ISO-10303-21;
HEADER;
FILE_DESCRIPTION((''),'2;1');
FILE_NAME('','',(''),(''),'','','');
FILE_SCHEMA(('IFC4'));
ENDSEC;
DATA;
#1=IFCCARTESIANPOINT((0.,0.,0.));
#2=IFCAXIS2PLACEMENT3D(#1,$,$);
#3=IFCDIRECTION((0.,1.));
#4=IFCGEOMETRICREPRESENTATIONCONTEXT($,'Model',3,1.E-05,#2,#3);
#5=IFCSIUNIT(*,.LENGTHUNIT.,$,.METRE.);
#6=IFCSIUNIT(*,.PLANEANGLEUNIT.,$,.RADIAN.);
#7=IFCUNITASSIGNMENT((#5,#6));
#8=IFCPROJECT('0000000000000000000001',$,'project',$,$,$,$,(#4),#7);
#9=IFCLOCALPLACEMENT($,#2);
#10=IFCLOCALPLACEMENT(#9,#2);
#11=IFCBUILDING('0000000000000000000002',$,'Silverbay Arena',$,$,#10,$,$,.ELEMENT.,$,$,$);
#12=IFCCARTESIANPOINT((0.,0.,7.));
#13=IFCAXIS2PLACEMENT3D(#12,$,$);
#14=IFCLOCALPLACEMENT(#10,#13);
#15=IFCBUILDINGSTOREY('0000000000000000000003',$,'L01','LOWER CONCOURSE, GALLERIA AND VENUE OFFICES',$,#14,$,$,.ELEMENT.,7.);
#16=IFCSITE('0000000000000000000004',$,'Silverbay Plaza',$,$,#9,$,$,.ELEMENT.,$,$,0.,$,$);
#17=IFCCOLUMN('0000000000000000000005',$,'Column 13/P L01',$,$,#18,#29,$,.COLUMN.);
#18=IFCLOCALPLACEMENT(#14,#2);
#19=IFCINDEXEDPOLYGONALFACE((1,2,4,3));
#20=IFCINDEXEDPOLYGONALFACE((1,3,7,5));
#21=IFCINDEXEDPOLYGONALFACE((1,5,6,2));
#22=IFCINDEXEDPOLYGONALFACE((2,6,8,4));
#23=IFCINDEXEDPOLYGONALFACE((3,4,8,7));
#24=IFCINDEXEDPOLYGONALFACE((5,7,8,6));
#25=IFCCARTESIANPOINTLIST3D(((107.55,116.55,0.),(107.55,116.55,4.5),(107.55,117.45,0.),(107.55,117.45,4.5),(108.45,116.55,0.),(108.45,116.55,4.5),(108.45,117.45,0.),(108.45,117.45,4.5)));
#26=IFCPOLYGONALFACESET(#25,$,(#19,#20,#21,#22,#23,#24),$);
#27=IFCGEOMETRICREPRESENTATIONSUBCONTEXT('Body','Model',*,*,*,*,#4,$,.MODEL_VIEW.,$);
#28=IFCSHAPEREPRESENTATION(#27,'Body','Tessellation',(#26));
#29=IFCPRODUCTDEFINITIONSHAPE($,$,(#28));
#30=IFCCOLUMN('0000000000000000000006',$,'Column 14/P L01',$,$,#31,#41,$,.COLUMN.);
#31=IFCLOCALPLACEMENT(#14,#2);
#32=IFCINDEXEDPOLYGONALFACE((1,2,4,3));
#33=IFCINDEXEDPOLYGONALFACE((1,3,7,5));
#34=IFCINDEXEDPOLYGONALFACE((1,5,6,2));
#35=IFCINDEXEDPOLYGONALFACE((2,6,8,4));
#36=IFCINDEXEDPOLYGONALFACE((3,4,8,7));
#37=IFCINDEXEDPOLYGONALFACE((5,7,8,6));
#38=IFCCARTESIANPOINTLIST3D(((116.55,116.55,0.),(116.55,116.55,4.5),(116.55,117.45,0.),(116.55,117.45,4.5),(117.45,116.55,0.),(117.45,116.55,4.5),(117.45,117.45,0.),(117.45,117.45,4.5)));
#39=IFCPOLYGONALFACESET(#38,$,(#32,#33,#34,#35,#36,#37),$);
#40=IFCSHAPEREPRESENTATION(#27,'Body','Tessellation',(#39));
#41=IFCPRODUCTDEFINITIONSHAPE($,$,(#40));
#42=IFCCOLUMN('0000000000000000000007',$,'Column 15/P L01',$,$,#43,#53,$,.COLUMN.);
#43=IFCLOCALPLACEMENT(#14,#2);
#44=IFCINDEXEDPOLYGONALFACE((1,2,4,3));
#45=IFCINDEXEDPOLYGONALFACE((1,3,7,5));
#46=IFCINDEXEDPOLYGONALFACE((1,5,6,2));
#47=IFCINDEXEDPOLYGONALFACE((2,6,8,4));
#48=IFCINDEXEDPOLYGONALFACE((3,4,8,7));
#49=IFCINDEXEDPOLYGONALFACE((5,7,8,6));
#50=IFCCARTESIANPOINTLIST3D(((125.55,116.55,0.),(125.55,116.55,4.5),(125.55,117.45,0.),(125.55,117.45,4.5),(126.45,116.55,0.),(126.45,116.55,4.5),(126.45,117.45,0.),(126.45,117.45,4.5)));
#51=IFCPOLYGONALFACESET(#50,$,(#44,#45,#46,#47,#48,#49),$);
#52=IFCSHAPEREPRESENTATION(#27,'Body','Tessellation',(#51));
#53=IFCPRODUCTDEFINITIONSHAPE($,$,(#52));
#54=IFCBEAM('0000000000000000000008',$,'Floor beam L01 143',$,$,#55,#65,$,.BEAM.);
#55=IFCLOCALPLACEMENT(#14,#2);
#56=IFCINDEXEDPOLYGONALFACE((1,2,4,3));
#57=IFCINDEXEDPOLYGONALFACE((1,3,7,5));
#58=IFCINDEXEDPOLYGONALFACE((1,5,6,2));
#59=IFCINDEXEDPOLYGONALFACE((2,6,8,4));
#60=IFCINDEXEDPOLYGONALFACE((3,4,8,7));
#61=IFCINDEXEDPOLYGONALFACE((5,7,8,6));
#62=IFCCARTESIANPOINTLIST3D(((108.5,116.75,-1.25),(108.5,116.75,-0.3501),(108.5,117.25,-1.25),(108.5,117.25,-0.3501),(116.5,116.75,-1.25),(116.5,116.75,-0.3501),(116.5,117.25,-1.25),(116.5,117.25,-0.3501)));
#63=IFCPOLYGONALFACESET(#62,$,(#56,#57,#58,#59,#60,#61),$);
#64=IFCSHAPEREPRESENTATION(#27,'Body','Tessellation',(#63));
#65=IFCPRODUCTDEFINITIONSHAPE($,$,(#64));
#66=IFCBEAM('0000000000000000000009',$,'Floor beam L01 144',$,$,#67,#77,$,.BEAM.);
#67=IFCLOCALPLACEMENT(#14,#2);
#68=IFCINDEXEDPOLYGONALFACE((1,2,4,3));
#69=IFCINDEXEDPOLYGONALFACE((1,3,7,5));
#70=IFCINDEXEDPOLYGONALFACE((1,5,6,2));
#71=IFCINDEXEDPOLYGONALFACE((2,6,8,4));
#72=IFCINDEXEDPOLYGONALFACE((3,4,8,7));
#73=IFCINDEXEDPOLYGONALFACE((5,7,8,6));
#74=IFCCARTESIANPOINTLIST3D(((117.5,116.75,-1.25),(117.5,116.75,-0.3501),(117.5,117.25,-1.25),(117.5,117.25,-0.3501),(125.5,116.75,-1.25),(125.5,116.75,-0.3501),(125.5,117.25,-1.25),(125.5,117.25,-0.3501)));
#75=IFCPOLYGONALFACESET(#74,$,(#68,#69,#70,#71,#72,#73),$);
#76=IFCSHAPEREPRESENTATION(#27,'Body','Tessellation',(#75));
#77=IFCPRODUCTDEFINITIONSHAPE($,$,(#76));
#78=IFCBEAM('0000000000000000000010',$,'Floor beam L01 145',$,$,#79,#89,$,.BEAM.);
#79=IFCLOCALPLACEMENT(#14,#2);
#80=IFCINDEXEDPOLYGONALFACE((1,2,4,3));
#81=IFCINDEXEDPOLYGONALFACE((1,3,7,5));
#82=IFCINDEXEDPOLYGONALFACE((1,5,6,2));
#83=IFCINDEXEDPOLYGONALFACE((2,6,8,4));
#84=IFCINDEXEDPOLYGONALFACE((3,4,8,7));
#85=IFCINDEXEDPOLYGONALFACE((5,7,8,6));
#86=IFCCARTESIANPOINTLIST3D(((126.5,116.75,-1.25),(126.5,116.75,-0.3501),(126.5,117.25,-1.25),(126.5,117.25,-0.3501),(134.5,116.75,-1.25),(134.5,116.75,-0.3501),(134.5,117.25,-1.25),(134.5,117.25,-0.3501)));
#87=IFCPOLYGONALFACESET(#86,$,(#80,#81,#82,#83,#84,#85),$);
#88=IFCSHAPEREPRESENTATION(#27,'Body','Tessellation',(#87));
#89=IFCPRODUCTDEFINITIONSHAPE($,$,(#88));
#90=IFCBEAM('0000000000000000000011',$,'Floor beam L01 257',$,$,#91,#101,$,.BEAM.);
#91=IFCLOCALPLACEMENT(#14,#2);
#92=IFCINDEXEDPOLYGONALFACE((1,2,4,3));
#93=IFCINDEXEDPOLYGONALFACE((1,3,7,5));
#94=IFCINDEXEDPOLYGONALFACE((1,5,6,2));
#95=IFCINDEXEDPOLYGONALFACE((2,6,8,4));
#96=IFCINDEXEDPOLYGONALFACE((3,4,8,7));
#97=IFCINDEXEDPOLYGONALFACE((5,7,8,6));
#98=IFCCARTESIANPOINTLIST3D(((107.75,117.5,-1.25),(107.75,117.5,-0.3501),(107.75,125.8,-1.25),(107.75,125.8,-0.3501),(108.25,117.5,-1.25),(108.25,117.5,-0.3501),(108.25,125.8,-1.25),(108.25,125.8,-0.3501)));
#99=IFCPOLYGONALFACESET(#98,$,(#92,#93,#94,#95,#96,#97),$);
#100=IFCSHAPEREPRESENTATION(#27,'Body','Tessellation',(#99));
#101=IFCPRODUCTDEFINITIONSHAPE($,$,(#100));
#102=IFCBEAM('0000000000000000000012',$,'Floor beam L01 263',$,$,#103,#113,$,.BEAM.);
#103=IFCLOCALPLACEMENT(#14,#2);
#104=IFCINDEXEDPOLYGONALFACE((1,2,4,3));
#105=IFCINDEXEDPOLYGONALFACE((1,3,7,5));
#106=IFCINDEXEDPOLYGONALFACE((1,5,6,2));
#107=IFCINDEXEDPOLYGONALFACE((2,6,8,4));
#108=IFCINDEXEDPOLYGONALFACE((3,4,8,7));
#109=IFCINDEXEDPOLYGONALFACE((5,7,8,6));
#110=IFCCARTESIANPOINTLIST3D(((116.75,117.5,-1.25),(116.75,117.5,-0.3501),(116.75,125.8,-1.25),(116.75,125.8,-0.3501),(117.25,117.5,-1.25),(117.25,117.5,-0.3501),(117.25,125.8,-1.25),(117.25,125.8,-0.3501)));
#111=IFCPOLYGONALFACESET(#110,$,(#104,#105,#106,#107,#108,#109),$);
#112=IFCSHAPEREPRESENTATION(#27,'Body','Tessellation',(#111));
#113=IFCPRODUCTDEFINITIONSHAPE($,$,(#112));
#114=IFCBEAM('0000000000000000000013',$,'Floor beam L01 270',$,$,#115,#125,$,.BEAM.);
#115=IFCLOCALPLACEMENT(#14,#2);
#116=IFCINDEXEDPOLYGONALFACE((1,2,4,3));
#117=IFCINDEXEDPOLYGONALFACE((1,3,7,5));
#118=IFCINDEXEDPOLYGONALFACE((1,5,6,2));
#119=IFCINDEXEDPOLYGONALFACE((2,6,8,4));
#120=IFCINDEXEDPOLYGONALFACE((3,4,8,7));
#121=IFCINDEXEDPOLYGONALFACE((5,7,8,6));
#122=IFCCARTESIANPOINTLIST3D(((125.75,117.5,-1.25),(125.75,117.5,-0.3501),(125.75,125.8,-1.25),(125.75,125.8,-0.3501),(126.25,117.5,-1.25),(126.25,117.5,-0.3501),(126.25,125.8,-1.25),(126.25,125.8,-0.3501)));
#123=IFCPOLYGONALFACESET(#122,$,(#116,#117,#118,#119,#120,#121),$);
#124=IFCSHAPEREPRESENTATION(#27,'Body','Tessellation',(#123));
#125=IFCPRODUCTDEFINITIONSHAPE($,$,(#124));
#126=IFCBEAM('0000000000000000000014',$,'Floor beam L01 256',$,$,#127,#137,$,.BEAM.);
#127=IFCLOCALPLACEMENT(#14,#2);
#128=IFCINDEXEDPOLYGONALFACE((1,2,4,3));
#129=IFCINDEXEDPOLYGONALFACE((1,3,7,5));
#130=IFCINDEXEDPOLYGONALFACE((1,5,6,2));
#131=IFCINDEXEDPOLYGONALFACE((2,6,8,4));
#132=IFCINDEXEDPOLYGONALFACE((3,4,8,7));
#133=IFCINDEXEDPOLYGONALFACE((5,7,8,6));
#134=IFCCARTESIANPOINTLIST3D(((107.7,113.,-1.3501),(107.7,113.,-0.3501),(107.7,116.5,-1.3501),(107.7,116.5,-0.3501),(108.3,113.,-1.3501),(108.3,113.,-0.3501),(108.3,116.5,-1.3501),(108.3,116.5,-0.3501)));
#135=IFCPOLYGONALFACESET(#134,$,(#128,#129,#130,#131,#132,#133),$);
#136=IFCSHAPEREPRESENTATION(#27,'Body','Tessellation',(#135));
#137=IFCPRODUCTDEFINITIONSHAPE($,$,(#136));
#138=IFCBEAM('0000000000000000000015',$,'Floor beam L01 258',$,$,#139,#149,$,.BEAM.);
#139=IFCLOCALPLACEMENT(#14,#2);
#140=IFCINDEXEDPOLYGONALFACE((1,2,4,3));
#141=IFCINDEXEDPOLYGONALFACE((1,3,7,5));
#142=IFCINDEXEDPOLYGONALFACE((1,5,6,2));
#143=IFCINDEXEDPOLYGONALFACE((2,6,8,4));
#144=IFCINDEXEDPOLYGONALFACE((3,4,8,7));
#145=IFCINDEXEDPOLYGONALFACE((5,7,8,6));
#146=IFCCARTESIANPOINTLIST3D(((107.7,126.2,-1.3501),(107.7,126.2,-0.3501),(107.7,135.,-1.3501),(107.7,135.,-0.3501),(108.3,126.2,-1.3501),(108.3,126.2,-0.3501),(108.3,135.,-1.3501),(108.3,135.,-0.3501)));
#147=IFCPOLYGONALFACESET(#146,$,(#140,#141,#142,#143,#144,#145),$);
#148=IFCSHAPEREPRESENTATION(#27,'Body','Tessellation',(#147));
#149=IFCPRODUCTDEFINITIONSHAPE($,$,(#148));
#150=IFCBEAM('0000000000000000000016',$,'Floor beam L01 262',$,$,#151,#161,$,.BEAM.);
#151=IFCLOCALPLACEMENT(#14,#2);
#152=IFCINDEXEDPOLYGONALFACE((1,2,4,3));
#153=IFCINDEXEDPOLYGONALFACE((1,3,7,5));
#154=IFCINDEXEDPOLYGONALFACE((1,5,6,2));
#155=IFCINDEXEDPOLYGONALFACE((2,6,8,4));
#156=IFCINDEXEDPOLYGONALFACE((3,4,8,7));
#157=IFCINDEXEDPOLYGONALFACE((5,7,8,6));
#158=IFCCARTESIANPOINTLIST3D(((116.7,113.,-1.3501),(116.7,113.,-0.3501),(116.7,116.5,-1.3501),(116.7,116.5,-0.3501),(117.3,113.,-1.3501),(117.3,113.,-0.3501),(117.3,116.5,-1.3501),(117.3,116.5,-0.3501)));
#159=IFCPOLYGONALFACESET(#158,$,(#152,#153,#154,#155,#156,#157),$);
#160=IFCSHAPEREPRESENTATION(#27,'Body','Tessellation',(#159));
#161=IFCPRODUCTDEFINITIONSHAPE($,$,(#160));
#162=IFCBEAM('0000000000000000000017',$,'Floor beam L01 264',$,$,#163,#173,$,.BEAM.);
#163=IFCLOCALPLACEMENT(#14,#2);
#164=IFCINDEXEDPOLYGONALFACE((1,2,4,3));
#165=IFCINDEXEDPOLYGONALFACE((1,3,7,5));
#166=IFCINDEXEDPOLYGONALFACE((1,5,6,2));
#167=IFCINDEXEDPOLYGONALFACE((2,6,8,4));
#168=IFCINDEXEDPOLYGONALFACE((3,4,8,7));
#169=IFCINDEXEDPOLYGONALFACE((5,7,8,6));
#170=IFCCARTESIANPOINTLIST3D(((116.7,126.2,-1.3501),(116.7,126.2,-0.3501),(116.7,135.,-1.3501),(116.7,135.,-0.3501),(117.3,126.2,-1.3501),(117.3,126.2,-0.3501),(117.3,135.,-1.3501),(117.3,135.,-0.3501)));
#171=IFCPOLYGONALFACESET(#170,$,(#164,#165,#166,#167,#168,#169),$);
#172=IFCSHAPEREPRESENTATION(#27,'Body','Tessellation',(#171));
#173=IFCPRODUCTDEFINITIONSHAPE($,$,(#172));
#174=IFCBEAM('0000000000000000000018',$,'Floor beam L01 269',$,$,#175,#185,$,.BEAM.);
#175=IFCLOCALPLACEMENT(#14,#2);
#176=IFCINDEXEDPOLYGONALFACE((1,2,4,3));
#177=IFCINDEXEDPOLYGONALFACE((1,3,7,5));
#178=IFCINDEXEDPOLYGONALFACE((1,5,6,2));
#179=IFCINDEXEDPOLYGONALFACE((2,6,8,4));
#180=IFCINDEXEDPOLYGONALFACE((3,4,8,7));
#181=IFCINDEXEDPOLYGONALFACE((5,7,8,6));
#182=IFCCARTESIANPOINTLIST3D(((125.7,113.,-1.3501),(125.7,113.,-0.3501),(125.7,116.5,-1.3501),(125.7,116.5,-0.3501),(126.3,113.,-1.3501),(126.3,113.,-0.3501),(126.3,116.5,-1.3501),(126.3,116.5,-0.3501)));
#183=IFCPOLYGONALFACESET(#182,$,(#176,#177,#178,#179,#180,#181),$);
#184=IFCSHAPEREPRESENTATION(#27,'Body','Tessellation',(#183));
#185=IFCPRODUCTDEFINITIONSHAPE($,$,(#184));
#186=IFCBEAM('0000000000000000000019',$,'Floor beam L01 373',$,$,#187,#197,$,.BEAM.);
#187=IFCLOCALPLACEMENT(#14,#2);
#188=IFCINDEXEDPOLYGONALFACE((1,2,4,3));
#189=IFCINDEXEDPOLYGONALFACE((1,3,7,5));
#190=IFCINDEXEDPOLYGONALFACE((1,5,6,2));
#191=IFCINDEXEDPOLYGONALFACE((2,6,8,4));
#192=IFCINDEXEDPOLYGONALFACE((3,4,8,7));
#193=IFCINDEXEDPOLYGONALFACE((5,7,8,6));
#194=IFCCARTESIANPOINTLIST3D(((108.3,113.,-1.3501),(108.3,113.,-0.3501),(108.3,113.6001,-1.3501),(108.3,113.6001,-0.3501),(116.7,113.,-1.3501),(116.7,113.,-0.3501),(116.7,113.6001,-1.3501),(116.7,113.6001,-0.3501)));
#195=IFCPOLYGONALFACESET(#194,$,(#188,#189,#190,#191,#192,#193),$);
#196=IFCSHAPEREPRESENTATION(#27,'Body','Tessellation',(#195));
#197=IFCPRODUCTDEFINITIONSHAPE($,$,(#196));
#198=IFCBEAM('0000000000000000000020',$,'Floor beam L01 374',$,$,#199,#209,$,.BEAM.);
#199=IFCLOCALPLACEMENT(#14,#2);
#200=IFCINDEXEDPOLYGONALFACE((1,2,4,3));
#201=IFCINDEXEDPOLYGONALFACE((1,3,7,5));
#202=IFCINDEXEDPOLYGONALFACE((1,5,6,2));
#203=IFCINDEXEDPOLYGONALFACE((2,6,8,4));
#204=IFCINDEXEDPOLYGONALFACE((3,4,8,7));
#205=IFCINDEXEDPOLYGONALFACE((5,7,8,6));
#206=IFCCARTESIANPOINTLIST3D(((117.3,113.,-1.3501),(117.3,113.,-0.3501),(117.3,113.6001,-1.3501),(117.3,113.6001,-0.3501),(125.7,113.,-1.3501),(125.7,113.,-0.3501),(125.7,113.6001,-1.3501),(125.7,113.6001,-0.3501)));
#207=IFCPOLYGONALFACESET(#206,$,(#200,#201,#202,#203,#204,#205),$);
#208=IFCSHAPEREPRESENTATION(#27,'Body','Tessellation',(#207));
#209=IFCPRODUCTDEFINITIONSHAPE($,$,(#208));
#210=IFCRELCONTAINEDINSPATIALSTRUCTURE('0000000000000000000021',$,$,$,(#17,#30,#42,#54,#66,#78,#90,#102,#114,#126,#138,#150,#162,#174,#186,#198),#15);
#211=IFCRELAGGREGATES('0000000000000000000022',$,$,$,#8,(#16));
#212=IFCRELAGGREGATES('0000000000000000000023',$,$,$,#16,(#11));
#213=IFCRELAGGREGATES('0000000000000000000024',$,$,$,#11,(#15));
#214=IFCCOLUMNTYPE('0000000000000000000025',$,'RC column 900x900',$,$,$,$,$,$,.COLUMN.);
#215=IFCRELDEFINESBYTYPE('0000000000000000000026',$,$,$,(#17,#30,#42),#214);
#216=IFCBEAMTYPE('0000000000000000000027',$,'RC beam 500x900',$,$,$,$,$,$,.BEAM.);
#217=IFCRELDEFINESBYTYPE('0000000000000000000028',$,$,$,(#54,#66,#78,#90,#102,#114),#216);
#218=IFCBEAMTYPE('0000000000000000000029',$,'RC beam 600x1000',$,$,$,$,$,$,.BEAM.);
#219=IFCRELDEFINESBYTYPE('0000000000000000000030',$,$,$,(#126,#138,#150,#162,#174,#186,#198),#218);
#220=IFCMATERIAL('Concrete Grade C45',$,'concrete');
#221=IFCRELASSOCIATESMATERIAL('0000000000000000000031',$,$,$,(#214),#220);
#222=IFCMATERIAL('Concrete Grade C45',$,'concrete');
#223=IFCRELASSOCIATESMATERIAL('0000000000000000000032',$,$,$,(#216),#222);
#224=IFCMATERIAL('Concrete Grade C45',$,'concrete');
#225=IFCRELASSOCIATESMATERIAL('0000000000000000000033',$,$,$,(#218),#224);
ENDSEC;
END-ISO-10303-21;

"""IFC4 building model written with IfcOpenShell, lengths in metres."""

from ifc_helpers import new_model, si_unit, direction, frame, origin, origin_2d, place, context, subcontext, project, spatial, rectangle, extrude, material, material_profile, profile_set, type_object, element, save


model = new_model("IFC4")

# Units and contexts
model_context = context("Model", 3, precision=1e-05, world=origin(), true_north=direction((0.0, 1.0)))
body_context = subcontext(model_context, "Body", "Model", "MODEL_VIEW")
ifc_project = project(units=[si_unit("LENGTHUNIT", "METRE"), si_unit("PLANEANGLEUNIT", "RADIAN")], contexts=[model_context])

# Site, building, storey
site_placement = place(None, origin())
site = spatial("IfcSite", under=ifc_project, at=site_placement, Name="Silverbay Plaza", CompositionType="ELEMENT", RefElevation=0.0)
building_placement = place(site_placement, origin())
building = spatial("IfcBuilding", under=site, at=building_placement, Name="Silverbay Arena", CompositionType="ELEMENT")
storey_placement = place(building_placement, frame((0.0, 0.0, 7.0)))
storey = spatial("IfcBuildingStorey", under=building, at=storey_placement, Name="L01", Description="LOWER CONCOURSE, GALLERIA AND VENUE OFFICES", CompositionType="ELEMENT", Elevation=7.0)

# Columns
ifc_material_1 = material(Name="Concrete Grade C45", Category="concrete")
ifc_material_profile_1 = material_profile(ifc_material_1, rectangle(XDim=0.8999, YDim=0.8999, at=origin_2d()), Name="RC 900x900")
ifc_profile_set_1 = profile_set([ifc_material_profile_1], Name="Concrete Grade C45")
column_type = type_object("IfcColumnType", Name="RC column 900x900", PredefinedType="COLUMN", material=ifc_profile_set_1)
for number, where, z_axis, x_axis, name in (
    (1, (108.0, 117.0, 0.0), (0.0, 0.0, 1.0), (1.0, 0.0, 0.0), "Column 13/P L01"),
    (2, (117.0, 117.0, 0.0), (0.0, 0.0, 1.0), (1.0, 0.0, 0.0), "Column 14/P L01"),
    (3, (126.0, 117.0, 0.0), (0.0, 0.0, 1.0), (1.0, 0.0, 0.0), "Column 15/P L01"),
):
    element("IfcColumn", number, at=place(storey_placement, frame(where, z_axis=z_axis, x_axis=x_axis)), inside=storey, type_object=column_type, Name=name, PredefinedType="COLUMN", context=body_context, shape_type="SweptSolid", body=[
        extrude(rectangle(XDim=0.8999, YDim=0.8999, at=origin_2d()), origin(), (0.0, 0.0, 1.0), 4.5),
    ])

# Beams
ifc_material_2 = material(Name="Concrete Grade C45", Category="concrete")
ifc_material_profile_2 = material_profile(ifc_material_2, rectangle(XDim=0.5, YDim=0.8999, at=origin_2d()), Name="RC 500x900")
ifc_profile_set_2 = profile_set([ifc_material_profile_2], Name="Concrete Grade C45")
beam_type_1 = type_object("IfcBeamType", Name="RC beam 500x900", PredefinedType="BEAM", material=ifc_profile_set_2)
for number, where, z_axis, x_axis, name in (
    (4, (108.5, 117.0, -0.8), (1.0, 0.0, 0.0), (0.0, 1.0, 0.0), "Floor beam L01 143"),
    (5, (117.5, 117.0, -0.8), (1.0, 0.0, 0.0), (0.0, 1.0, 0.0), "Floor beam L01 144"),
    (6, (126.5, 117.0, -0.8), (1.0, 0.0, 0.0), (0.0, 1.0, 0.0), "Floor beam L01 145"),
):
    element("IfcBeam", number, at=place(storey_placement, frame(where, z_axis=z_axis, x_axis=x_axis)), inside=storey, type_object=beam_type_1, Name=name, PredefinedType="BEAM", context=body_context, shape_type="SweptSolid", body=[
        extrude(rectangle(XDim=0.5, YDim=0.8999, at=origin_2d()), origin(), (0.0, 0.0, 1.0), 8.0),
    ])
for number, where, z_axis, x_axis, name in (
    (7, (108.0, 117.5, -0.8), (0.0, 1.0, 0.0), (-1.0, 0.0, 0.0), "Floor beam L01 257"),
    (8, (117.0, 117.5, -0.8), (0.0, 1.0, 0.0), (-1.0, 0.0, 0.0), "Floor beam L01 263"),
    (9, (126.0, 117.5, -0.8), (0.0, 1.0, 0.0), (-1.0, 0.0, 0.0), "Floor beam L01 270"),
):
    element("IfcBeam", number, at=place(storey_placement, frame(where, z_axis=z_axis, x_axis=x_axis)), inside=storey, type_object=beam_type_1, Name=name, PredefinedType="BEAM", context=body_context, shape_type="SweptSolid", body=[
        extrude(rectangle(XDim=0.5, YDim=0.8999, at=origin_2d()), origin(), (0.0, 0.0, 1.0), 8.3),
    ])
ifc_material_3 = material(Name="Concrete Grade C45", Category="concrete")
ifc_material_profile_3 = material_profile(ifc_material_3, rectangle(XDim=0.6001, YDim=1.0, at=origin_2d()), Name="RC 600x1000")
ifc_profile_set_3 = profile_set([ifc_material_profile_3], Name="Concrete Grade C45")
beam_type_2 = type_object("IfcBeamType", Name="RC beam 600x1000", PredefinedType="BEAM", material=ifc_profile_set_3)
beam_1_placement = place(storey_placement, frame((108.0, 113.0, -0.8501), z_axis=(0.0, 1.0, 0.0), x_axis=(-1.0, 0.0, 0.0)))
element("IfcBeam", 10, at=beam_1_placement, inside=storey, type_object=beam_type_2, Name="Floor beam L01 256", PredefinedType="BEAM", context=body_context, shape_type="SweptSolid", body=[
    extrude(rectangle(XDim=0.6001, YDim=1.0, at=origin_2d()), origin(), (0.0, 0.0, 1.0), 3.5),
])
beam_2_placement = place(storey_placement, frame((108.0, 126.2, -0.8501), z_axis=(0.0, 1.0, 0.0), x_axis=(-1.0, 0.0, 0.0)))
element("IfcBeam", 11, at=beam_2_placement, inside=storey, type_object=beam_type_2, Name="Floor beam L01 258", PredefinedType="BEAM", context=body_context, shape_type="SweptSolid", body=[
    extrude(rectangle(XDim=0.6001, YDim=1.0, at=origin_2d()), origin(), (0.0, 0.0, 1.0), 8.8),
])
beam_3_placement = place(storey_placement, frame((117.0, 113.0, -0.8501), z_axis=(0.0, 1.0, 0.0), x_axis=(-1.0, 0.0, 0.0)))
element("IfcBeam", 12, at=beam_3_placement, inside=storey, type_object=beam_type_2, Name="Floor beam L01 262", PredefinedType="BEAM", context=body_context, shape_type="SweptSolid", body=[
    extrude(rectangle(XDim=0.6001, YDim=1.0, at=origin_2d()), origin(), (0.0, 0.0, 1.0), 3.5),
])
beam_4_placement = place(storey_placement, frame((117.0, 126.2, -0.8501), z_axis=(0.0, 1.0, 0.0), x_axis=(-1.0, 0.0, 0.0)))
element("IfcBeam", 13, at=beam_4_placement, inside=storey, type_object=beam_type_2, Name="Floor beam L01 264", PredefinedType="BEAM", context=body_context, shape_type="SweptSolid", body=[
    extrude(rectangle(XDim=0.6001, YDim=1.0, at=origin_2d()), origin(), (0.0, 0.0, 1.0), 8.8),
])
beam_5_placement = place(storey_placement, frame((126.0, 113.0, -0.8501), z_axis=(0.0, 1.0, 0.0), x_axis=(-1.0, 0.0, 0.0)))
element("IfcBeam", 14, at=beam_5_placement, inside=storey, type_object=beam_type_2, Name="Floor beam L01 269", PredefinedType="BEAM", context=body_context, shape_type="SweptSolid", body=[
    extrude(rectangle(XDim=0.6001, YDim=1.0, at=origin_2d()), origin(), (0.0, 0.0, 1.0), 3.5),
])
for number, where, z_axis, x_axis, name in (
    (15, (108.3, 113.3, -0.8501), (1.0, 0.0, 0.0), (0.0, 1.0, 0.0), "Floor beam L01 373"),
    (16, (117.3, 113.3, -0.8501), (1.0, 0.0, 0.0), (0.0, 1.0, 0.0), "Floor beam L01 374"),
):
    element("IfcBeam", number, at=place(storey_placement, frame(where, z_axis=z_axis, x_axis=x_axis)), inside=storey, type_object=beam_type_2, Name=name, PredefinedType="BEAM", context=body_context, shape_type="SweptSolid", body=[
        extrude(rectangle(XDim=0.6001, YDim=1.0, at=origin_2d()), origin(), (0.0, 0.0, 1.0), 8.3999),
    ])

save(model, "model.ifc")
